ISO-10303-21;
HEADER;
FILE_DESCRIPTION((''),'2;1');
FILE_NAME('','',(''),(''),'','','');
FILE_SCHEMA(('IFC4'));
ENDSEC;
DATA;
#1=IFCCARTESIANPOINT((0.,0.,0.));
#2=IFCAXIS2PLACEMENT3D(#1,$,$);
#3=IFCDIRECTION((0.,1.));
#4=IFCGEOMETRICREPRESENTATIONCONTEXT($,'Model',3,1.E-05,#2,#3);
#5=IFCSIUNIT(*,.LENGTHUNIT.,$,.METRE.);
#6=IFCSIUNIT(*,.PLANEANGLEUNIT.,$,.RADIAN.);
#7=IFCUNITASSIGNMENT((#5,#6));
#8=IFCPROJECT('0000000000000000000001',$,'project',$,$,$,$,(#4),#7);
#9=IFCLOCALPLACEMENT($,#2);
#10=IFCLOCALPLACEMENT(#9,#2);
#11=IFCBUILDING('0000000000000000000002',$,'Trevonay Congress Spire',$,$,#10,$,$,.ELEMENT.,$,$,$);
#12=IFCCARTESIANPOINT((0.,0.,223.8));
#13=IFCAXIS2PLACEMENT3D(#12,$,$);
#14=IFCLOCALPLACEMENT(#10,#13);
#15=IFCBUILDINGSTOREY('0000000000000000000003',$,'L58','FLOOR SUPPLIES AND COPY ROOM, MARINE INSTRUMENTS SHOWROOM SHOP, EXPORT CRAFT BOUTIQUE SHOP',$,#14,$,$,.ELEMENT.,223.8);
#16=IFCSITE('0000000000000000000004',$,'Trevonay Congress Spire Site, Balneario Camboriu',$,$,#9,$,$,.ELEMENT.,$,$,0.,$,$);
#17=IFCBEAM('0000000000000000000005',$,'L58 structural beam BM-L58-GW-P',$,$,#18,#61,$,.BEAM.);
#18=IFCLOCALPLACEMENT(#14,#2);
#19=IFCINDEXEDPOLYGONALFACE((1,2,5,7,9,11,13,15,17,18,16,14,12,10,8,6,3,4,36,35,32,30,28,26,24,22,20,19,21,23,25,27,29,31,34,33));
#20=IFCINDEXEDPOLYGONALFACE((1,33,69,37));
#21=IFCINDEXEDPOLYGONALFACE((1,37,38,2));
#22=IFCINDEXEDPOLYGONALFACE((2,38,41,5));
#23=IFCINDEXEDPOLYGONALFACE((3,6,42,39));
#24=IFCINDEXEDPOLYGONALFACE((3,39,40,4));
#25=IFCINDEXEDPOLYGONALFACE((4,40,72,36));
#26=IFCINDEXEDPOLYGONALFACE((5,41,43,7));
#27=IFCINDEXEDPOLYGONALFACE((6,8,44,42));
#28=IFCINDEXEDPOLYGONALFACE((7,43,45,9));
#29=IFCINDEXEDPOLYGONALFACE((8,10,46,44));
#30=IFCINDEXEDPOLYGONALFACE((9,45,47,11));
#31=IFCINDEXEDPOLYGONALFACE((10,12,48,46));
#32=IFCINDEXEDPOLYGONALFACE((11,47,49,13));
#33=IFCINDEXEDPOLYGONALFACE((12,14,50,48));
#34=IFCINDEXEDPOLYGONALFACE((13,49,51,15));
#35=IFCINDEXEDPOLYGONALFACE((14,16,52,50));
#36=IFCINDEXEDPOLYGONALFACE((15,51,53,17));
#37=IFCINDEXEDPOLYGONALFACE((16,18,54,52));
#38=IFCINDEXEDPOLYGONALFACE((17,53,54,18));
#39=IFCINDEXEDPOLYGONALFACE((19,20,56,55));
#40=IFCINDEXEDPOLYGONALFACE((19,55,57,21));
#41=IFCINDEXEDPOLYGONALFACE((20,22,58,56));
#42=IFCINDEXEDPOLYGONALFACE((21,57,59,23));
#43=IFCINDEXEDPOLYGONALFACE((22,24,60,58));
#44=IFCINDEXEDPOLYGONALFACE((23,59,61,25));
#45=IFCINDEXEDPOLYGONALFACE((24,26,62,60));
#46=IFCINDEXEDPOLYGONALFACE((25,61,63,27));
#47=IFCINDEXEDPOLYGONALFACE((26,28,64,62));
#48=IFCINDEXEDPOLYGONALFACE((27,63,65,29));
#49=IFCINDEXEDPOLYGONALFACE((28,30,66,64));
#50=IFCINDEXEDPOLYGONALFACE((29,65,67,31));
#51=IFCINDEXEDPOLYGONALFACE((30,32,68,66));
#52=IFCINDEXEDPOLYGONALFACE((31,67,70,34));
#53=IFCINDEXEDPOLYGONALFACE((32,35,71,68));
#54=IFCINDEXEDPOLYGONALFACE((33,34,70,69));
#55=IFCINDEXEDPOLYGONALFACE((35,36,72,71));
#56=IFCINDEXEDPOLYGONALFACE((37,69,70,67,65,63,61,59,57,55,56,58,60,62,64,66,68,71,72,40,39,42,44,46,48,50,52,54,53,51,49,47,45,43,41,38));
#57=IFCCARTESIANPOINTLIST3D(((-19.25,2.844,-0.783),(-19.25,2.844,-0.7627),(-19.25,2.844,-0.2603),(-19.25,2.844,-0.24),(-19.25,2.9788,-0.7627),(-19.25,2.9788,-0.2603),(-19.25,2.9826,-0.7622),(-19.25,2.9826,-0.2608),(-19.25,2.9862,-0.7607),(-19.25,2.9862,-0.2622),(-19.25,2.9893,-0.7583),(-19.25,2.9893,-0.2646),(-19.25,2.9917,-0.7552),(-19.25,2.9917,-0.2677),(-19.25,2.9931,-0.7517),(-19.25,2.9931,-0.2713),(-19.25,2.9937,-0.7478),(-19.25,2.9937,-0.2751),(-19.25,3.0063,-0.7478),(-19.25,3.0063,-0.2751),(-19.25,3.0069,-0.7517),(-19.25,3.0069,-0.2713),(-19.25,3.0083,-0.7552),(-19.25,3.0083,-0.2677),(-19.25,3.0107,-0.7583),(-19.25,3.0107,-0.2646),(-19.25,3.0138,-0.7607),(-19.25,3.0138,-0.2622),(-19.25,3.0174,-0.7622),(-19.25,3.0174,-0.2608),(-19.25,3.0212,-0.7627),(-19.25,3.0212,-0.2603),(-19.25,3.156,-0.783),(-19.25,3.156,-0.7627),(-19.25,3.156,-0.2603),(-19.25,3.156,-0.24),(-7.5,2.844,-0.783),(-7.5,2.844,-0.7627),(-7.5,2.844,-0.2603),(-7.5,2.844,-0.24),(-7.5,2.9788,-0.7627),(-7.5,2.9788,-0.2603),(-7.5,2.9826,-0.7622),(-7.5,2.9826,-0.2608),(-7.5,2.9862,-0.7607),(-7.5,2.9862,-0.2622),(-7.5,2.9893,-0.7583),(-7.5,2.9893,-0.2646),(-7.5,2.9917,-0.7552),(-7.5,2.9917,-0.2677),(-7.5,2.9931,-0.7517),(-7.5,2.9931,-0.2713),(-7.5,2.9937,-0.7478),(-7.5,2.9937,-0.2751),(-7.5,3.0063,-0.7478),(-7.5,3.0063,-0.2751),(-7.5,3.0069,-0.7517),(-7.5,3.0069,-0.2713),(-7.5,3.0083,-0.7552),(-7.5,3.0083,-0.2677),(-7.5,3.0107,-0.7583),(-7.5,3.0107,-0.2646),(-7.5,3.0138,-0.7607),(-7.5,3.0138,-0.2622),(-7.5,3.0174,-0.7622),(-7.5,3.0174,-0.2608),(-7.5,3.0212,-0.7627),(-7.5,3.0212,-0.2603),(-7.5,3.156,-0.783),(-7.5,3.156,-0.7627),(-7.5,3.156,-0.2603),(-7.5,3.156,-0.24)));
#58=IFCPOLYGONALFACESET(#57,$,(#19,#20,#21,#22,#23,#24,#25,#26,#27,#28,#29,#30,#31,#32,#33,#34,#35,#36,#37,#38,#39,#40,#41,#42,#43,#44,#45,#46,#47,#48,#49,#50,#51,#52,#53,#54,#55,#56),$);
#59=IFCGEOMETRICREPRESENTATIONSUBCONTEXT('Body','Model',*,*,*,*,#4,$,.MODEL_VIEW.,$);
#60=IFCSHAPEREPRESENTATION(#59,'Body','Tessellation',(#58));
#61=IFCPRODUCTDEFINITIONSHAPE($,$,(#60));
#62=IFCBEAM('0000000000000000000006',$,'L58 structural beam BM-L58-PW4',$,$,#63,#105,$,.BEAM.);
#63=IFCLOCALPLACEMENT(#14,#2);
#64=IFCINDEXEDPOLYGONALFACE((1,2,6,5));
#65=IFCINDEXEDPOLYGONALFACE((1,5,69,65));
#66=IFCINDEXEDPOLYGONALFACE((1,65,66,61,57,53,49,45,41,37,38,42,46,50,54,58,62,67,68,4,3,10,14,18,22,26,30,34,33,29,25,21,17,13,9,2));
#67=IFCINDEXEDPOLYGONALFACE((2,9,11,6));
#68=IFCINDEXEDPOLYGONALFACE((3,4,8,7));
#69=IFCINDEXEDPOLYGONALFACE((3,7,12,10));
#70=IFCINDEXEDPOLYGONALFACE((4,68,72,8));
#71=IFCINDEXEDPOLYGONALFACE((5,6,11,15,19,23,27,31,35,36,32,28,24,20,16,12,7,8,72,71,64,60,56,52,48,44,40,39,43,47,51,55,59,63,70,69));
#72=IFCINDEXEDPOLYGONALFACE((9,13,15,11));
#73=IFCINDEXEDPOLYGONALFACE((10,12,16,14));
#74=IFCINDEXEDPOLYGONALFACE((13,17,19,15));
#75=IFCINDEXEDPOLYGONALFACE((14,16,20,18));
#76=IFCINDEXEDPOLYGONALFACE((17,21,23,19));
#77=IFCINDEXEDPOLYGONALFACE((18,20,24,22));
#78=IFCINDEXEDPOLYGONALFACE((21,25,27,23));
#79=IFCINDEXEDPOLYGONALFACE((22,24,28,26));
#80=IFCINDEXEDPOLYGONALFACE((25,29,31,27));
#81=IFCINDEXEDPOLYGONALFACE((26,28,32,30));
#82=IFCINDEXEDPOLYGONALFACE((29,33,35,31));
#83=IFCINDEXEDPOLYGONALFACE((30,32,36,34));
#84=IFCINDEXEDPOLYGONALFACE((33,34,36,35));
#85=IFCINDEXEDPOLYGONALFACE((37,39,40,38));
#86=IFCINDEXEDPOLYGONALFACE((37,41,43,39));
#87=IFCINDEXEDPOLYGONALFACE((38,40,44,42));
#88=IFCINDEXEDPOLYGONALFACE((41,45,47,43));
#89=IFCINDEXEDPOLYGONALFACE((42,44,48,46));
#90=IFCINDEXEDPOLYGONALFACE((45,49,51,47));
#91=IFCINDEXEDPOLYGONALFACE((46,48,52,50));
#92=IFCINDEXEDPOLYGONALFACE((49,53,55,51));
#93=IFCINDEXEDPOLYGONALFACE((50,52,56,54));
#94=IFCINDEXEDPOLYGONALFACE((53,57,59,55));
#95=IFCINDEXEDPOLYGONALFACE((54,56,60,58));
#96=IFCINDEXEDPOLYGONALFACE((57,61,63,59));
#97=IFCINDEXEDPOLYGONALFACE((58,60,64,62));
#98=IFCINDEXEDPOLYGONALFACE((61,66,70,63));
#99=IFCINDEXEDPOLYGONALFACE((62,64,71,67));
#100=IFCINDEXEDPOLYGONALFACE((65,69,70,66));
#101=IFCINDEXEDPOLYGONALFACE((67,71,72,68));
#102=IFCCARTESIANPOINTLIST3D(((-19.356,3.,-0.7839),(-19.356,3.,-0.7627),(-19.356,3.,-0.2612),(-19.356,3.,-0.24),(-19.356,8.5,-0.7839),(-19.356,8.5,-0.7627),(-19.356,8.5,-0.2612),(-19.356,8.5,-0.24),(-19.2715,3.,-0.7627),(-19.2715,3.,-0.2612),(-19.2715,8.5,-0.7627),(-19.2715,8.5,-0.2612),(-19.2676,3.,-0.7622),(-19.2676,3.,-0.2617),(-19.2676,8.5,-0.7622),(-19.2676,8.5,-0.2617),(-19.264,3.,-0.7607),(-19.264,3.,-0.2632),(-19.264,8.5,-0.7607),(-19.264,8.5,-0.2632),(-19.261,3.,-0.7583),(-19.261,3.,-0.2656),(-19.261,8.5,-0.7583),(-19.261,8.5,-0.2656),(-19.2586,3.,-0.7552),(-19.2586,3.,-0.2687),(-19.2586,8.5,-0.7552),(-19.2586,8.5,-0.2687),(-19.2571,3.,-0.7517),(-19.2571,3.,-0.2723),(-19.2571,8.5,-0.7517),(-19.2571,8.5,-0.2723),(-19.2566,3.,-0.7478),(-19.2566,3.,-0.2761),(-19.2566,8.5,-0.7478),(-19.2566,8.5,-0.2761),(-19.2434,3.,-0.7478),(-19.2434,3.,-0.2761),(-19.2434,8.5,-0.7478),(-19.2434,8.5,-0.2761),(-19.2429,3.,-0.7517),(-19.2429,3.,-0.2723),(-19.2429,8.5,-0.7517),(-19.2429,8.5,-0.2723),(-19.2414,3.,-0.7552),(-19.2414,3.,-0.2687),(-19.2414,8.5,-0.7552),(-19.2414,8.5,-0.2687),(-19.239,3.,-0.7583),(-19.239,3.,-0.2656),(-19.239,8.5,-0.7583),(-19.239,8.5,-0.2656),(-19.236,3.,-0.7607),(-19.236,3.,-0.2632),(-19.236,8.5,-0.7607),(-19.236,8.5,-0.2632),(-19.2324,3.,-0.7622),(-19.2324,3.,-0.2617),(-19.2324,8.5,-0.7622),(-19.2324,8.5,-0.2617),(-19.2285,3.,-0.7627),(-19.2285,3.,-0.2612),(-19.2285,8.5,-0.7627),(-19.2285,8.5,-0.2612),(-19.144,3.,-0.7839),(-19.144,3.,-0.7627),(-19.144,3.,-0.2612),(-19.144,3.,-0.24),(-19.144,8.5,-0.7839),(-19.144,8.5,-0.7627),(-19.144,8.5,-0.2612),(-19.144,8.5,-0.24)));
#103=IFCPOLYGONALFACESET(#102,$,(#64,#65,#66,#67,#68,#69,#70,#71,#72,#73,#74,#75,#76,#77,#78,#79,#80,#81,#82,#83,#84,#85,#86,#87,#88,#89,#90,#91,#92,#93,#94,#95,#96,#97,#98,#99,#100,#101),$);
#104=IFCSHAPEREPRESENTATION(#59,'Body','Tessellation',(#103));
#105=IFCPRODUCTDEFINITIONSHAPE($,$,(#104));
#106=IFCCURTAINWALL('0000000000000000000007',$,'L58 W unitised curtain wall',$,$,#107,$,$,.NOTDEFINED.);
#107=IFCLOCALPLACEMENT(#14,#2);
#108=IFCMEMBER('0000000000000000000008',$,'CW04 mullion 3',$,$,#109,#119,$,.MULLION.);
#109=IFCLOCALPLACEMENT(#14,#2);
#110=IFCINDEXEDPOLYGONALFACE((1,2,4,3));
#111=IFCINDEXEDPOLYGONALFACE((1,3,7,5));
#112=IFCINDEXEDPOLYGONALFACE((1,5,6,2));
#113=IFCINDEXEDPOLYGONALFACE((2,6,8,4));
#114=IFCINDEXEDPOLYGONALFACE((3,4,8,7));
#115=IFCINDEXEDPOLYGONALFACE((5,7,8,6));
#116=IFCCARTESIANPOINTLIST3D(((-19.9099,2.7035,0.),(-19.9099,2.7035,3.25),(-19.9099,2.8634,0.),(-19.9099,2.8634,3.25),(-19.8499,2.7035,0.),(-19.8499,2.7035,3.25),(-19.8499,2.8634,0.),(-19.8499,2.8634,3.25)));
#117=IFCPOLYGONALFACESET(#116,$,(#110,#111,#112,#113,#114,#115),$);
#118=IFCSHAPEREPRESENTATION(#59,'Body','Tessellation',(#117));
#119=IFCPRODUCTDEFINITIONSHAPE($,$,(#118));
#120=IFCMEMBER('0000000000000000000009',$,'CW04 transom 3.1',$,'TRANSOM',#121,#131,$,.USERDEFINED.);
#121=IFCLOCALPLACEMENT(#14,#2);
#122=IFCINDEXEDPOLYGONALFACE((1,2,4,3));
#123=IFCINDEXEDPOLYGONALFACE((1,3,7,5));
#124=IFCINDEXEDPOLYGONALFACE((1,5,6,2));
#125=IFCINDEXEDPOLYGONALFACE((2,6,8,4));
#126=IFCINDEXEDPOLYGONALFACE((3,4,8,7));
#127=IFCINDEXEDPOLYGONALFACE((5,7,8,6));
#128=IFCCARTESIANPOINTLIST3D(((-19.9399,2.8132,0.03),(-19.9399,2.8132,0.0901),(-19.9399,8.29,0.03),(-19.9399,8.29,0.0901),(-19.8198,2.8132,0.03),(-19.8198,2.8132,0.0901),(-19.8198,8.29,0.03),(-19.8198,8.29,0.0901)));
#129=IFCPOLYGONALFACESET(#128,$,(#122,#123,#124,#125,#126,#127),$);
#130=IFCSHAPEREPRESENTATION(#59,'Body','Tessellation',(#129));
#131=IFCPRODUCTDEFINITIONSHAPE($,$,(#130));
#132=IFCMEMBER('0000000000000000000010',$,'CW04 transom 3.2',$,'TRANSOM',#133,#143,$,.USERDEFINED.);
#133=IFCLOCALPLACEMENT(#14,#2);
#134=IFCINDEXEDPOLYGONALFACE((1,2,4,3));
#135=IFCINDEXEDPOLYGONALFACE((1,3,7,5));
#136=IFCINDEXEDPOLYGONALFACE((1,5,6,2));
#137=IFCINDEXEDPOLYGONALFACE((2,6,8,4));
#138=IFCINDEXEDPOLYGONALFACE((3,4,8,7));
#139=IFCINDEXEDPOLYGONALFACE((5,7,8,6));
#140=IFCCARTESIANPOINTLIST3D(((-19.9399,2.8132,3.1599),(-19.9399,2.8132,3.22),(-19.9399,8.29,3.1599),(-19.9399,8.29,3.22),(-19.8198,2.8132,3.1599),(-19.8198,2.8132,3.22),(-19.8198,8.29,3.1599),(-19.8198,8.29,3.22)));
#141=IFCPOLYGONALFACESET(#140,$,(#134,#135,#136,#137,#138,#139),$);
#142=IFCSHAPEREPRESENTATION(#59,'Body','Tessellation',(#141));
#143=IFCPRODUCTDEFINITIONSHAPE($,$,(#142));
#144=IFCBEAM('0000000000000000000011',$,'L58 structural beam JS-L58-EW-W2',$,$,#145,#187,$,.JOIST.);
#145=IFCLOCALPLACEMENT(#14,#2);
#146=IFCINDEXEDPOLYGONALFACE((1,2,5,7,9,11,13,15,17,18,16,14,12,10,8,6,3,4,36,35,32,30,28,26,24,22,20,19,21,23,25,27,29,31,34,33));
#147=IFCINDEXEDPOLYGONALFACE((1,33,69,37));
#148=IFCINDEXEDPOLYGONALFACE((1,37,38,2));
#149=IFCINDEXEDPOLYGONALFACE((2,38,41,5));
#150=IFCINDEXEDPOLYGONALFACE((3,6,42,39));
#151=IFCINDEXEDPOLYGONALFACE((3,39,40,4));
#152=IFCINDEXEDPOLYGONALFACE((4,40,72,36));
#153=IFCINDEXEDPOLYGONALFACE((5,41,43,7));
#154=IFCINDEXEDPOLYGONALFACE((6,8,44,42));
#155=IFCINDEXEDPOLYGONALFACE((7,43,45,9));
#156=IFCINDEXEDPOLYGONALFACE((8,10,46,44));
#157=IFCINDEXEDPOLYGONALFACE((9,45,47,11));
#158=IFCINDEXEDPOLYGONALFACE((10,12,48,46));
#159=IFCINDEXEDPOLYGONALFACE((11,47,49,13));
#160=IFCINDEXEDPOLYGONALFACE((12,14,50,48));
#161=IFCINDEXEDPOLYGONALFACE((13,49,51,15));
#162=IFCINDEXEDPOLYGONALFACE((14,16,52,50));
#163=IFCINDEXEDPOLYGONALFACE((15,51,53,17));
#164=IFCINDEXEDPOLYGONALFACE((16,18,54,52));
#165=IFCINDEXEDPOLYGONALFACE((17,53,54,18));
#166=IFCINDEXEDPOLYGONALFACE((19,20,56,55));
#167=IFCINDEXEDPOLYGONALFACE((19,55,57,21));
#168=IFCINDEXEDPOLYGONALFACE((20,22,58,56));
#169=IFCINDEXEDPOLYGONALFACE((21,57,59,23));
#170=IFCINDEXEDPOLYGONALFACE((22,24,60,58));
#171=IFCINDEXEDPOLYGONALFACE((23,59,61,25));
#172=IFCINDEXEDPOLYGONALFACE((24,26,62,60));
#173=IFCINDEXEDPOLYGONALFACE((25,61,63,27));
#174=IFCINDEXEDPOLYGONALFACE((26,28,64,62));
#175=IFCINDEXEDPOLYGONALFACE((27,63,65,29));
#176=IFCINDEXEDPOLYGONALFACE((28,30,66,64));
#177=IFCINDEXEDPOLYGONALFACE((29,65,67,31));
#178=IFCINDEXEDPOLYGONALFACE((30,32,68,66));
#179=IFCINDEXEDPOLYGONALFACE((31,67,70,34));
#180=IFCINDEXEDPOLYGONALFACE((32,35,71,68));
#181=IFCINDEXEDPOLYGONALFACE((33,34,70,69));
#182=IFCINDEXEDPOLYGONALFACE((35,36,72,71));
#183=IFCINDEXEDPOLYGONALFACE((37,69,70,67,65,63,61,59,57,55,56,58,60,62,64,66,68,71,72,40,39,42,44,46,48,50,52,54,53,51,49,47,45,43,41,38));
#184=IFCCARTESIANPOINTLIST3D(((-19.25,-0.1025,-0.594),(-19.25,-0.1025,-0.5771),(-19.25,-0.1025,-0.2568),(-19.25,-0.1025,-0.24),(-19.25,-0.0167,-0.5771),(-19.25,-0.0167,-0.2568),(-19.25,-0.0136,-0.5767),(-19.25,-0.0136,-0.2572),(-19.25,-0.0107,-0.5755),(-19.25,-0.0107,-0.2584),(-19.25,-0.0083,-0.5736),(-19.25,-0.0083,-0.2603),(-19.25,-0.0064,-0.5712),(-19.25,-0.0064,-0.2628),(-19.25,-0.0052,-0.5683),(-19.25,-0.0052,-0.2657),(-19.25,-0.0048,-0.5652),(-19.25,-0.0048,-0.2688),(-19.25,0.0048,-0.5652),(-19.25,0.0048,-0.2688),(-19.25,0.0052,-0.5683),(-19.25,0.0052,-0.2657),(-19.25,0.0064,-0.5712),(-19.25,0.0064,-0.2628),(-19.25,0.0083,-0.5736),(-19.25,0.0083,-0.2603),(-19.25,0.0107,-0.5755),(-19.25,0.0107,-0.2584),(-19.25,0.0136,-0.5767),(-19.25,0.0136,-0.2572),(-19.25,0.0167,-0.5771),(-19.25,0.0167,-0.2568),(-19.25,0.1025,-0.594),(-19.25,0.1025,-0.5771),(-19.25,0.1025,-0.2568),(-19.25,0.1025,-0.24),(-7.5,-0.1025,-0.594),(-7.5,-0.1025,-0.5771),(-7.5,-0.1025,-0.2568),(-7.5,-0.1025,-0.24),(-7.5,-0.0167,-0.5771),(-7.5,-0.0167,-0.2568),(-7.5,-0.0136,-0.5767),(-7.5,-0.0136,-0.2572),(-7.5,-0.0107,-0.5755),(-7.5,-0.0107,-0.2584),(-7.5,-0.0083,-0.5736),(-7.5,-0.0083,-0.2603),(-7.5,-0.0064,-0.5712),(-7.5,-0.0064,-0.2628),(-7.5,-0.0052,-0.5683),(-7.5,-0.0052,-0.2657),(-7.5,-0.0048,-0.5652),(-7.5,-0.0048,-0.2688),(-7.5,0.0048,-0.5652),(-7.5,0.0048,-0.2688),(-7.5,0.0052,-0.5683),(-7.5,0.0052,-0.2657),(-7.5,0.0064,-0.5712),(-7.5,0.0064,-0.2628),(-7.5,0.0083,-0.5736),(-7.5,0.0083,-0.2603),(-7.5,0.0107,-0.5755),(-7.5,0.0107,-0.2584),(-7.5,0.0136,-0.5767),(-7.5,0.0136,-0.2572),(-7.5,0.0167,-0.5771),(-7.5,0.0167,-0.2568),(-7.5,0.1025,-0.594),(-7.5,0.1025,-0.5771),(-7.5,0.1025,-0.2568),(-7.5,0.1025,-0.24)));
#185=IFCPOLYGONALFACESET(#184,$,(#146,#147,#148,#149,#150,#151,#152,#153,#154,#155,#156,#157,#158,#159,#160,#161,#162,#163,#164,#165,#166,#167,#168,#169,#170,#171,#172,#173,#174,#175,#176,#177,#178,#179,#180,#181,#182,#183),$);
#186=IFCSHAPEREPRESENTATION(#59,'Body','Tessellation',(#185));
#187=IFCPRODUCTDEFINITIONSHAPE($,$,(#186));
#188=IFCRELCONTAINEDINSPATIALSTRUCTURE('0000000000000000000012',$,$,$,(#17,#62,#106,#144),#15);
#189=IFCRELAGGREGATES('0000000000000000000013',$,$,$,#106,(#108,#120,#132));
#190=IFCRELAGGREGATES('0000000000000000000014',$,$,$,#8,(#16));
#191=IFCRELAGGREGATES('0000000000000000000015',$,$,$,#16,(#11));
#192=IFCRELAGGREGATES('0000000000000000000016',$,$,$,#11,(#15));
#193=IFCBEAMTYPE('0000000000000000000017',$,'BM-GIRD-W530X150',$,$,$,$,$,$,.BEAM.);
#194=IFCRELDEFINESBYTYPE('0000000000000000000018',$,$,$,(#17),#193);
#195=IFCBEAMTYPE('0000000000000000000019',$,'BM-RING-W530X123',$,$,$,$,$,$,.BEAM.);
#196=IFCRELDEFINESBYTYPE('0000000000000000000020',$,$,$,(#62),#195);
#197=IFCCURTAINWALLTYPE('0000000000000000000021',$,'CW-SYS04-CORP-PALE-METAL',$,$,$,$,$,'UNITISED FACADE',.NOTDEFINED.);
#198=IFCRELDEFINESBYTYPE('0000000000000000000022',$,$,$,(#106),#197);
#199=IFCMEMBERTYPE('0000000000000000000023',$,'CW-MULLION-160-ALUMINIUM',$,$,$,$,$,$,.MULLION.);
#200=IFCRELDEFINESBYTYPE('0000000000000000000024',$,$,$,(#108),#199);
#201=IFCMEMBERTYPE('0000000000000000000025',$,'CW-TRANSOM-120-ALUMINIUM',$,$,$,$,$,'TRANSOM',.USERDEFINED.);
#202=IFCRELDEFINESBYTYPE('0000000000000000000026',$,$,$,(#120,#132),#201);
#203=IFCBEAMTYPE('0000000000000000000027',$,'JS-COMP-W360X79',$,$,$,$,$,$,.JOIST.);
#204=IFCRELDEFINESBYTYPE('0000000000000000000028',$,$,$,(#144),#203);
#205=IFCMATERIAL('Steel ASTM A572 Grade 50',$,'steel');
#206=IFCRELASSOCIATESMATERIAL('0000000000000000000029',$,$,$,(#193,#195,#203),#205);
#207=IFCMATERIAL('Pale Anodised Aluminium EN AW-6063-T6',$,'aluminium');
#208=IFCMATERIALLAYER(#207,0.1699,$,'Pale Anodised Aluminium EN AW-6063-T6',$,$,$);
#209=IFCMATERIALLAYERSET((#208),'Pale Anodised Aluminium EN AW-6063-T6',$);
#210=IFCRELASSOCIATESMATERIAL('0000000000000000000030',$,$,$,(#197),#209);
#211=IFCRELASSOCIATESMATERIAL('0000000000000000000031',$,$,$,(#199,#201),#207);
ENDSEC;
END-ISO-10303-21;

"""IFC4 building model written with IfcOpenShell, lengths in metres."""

from ifc_helpers import new_model, si_unit, direction, frame, origin, origin_2d, place, context, subcontext, project, spatial, rectangle, i_section, extrude, material, layer, layer_set, material_profile, profile_set, type_object, element, aggregate, save


model = new_model("IFC4")

# Units and contexts
model_context = context("Model", 3, precision=1e-05, world=origin(), true_north=direction((0.0, 1.0)))
body_context = subcontext(model_context, "Body", "Model", "MODEL_VIEW")
ifc_project = project(units=[si_unit("LENGTHUNIT", "METRE"), si_unit("PLANEANGLEUNIT", "RADIAN")], contexts=[model_context])

# Site, building, storey
site_placement = place(None, origin())
site = spatial("IfcSite", under=ifc_project, at=site_placement, Name="Trevonay Congress Spire Site, Balneario Camboriu", CompositionType="ELEMENT", RefElevation=0.0)
building_placement = place(site_placement, origin())
building = spatial("IfcBuilding", under=site, at=building_placement, Name="Trevonay Congress Spire", CompositionType="ELEMENT")
storey_placement = place(building_placement, frame((0.0, 0.0, 223.8)))
storey = spatial("IfcBuildingStorey", under=building, at=storey_placement, Name="L58", Description="FLOOR SUPPLIES AND COPY ROOM, MARINE INSTRUMENTS SHOWROOM SHOP, EXPORT CRAFT BOUTIQUE SHOP", CompositionType="ELEMENT", Elevation=223.8)

# Shared definitions
ifc_material_1 = material(Name="Steel ASTM A572 Grade 50", Category="steel")

# Beams
ifc_material_profile_1 = material_profile(ifc_material_1, i_section(OverallWidth=0.312, OverallDepth=0.543, WebThickness=0.0127, FlangeThickness=0.0203, FilletRadius=0.0149, at=origin_2d()), Name="W530x150")
ifc_profile_set_1 = profile_set([ifc_material_profile_1], Name="Steel ASTM A572 Grade 50")
beam_type_1 = type_object("IfcBeamType", Name="BM-GIRD-W530X150", PredefinedType="BEAM", material=ifc_profile_set_1)
beam_1_placement = place(storey_placement, frame((-7.5, 3.0, -0.5115), z_axis=(-1.0, 0.0, 0.0), x_axis=(0.0, -1.0, 0.0)))
element("IfcBeam", 1, at=beam_1_placement, inside=storey, type_object=beam_type_1, Name="L58 structural beam BM-L58-GW-P", PredefinedType="BEAM", context=body_context, shape_type="SweptSolid", body=[
    extrude(i_section(OverallWidth=0.312, OverallDepth=0.543, WebThickness=0.0127, FlangeThickness=0.0203, FilletRadius=0.0149, at=origin_2d()), origin(), (0.0, 0.0, 1.0), 11.75),
])
ifc_material_profile_2 = material_profile(ifc_material_1, i_section(OverallWidth=0.2119, OverallDepth=0.5439, WebThickness=0.0132, FlangeThickness=0.0212, FilletRadius=0.0149, at=origin_2d()), Name="W530x123")
ifc_profile_set_2 = profile_set([ifc_material_profile_2], Name="Steel ASTM A572 Grade 50")
beam_type_2 = type_object("IfcBeamType", Name="BM-RING-W530X123", PredefinedType="BEAM", material=ifc_profile_set_2)
beam_2_placement = place(storey_placement, frame((-19.25, 3.0, -0.512), z_axis=(0.0, 1.0, 0.0), x_axis=(-1.0, 0.0, 0.0)))
element("IfcBeam", 2, at=beam_2_placement, inside=storey, type_object=beam_type_2, Name="L58 structural beam BM-L58-PW4", PredefinedType="BEAM", context=body_context, shape_type="SweptSolid", body=[
    extrude(i_section(OverallWidth=0.2119, OverallDepth=0.5439, WebThickness=0.0132, FlangeThickness=0.0212, FilletRadius=0.0149, at=origin_2d()), origin(), (0.0, 0.0, 1.0), 5.5),
])

# Curtain wall, members
ifc_material_2 = material(Name="Pale Anodised Aluminium EN AW-6063-T6", Category="aluminium")
ifc_layer_1 = layer(ifc_material_2, 0.1699, Name="Pale Anodised Aluminium EN AW-6063-T6")
ifc_layer_set_1 = layer_set([ifc_layer_1], Name="Pale Anodised Aluminium EN AW-6063-T6")
curtain_wall_type = type_object("IfcCurtainWallType", Name="CW-SYS04-CORP-PALE-METAL", ElementType="UNITISED FACADE", PredefinedType="NOTDEFINED", material=ifc_layer_set_1)
curtain_wall_placement = place(storey_placement, origin())
curtain_wall = element("IfcCurtainWall", 3, at=curtain_wall_placement, inside=storey, type_object=curtain_wall_type, Name="L58 W unitised curtain wall", PredefinedType="NOTDEFINED")
ifc_material_profile_3 = material_profile(ifc_material_2, rectangle(XDim=0.0601, YDim=0.1599, at=origin_2d()), Name="CW-MULLION-160-ALUMINIUM")
ifc_profile_set_3 = profile_set([ifc_material_profile_3], Name="Pale Anodised Aluminium EN AW-6063-T6")
member_type_1 = type_object("IfcMemberType", Name="CW-MULLION-160-ALUMINIUM", PredefinedType="MULLION", material=ifc_profile_set_3)
member_1_placement = place(storey_placement, frame((-19.8799, 2.7834, 0.0), z_axis=(0.0, 0.0, 1.0), x_axis=(-1.0, 0.0, 0.0)))
member_1 = element("IfcMember", 4, at=member_1_placement, type_object=member_type_1, Name="CW04 mullion 3", PredefinedType="MULLION", context=body_context, shape_type="SweptSolid", body=[
    extrude(rectangle(XDim=0.0601, YDim=0.1599, at=origin_2d()), origin(), (0.0, 0.0, 1.0), 3.25),
])
ifc_material_profile_4 = material_profile(ifc_material_2, rectangle(XDim=0.1201, YDim=0.0601, at=origin_2d()), Name="CW-TRANSOM-120-ALUMINIUM")
ifc_profile_set_4 = profile_set([ifc_material_profile_4], Name="Pale Anodised Aluminium EN AW-6063-T6")
member_type_2 = type_object("IfcMemberType", Name="CW-TRANSOM-120-ALUMINIUM", ElementType="TRANSOM", PredefinedType="USERDEFINED", material=ifc_profile_set_4)
member_2_placement = place(storey_placement, frame((-19.8799, 2.8132, 0.0601), z_axis=(0.0, 1.0, 0.0), x_axis=(-1.0, 0.0, 0.0)))
member_2 = element("IfcMember", 5, at=member_2_placement, type_object=member_type_2, Name="CW04 transom 3.1", ObjectType="TRANSOM", PredefinedType="USERDEFINED", context=body_context, shape_type="SweptSolid", body=[
    extrude(rectangle(XDim=0.1201, YDim=0.0601, at=origin_2d()), origin(), (0.0, 0.0, 1.0), 5.4768),
])
member_3_placement = place(storey_placement, frame((-19.8799, 2.8132, 3.1899), z_axis=(0.0, 1.0, 0.0), x_axis=(-1.0, 0.0, 0.0)))
member_3 = element("IfcMember", 6, at=member_3_placement, type_object=member_type_2, Name="CW04 transom 3.2", ObjectType="TRANSOM", PredefinedType="USERDEFINED", context=body_context, shape_type="SweptSolid", body=[
    extrude(rectangle(XDim=0.1201, YDim=0.0601, at=origin_2d()), origin(), (0.0, 0.0, 1.0), 5.4768),
])

# Beam
ifc_material_profile_5 = material_profile(ifc_material_1, i_section(OverallWidth=0.2051, OverallDepth=0.354, WebThickness=0.0095, FlangeThickness=0.0168, FilletRadius=0.012, at=origin_2d()), Name="W360x79")
ifc_profile_set_5 = profile_set([ifc_material_profile_5], Name="Steel ASTM A572 Grade 50")
beam_type_3 = type_object("IfcBeamType", Name="JS-COMP-W360X79", PredefinedType="JOIST", material=ifc_profile_set_5)
for number, where, z_axis, x_axis, name in (
    (7, (-19.25, 0.0, -0.417), (1.0, 0.0, 0.0), (0.0, 1.0, 0.0), "L58 structural beam JS-L58-EW-W2"),
):
    element("IfcBeam", number, at=place(storey_placement, frame(where, z_axis=z_axis, x_axis=x_axis)), inside=storey, type_object=beam_type_3, Name=name, PredefinedType="JOIST", context=body_context, shape_type="SweptSolid", body=[
        extrude(i_section(OverallWidth=0.2051, OverallDepth=0.354, WebThickness=0.0095, FlangeThickness=0.0168, FilletRadius=0.012, at=origin_2d()), origin(), (0.0, 0.0, 1.0), 11.75),
    ])

aggregate(curtain_wall, [member_1, member_2, member_3])

save(model, "model.ifc")
